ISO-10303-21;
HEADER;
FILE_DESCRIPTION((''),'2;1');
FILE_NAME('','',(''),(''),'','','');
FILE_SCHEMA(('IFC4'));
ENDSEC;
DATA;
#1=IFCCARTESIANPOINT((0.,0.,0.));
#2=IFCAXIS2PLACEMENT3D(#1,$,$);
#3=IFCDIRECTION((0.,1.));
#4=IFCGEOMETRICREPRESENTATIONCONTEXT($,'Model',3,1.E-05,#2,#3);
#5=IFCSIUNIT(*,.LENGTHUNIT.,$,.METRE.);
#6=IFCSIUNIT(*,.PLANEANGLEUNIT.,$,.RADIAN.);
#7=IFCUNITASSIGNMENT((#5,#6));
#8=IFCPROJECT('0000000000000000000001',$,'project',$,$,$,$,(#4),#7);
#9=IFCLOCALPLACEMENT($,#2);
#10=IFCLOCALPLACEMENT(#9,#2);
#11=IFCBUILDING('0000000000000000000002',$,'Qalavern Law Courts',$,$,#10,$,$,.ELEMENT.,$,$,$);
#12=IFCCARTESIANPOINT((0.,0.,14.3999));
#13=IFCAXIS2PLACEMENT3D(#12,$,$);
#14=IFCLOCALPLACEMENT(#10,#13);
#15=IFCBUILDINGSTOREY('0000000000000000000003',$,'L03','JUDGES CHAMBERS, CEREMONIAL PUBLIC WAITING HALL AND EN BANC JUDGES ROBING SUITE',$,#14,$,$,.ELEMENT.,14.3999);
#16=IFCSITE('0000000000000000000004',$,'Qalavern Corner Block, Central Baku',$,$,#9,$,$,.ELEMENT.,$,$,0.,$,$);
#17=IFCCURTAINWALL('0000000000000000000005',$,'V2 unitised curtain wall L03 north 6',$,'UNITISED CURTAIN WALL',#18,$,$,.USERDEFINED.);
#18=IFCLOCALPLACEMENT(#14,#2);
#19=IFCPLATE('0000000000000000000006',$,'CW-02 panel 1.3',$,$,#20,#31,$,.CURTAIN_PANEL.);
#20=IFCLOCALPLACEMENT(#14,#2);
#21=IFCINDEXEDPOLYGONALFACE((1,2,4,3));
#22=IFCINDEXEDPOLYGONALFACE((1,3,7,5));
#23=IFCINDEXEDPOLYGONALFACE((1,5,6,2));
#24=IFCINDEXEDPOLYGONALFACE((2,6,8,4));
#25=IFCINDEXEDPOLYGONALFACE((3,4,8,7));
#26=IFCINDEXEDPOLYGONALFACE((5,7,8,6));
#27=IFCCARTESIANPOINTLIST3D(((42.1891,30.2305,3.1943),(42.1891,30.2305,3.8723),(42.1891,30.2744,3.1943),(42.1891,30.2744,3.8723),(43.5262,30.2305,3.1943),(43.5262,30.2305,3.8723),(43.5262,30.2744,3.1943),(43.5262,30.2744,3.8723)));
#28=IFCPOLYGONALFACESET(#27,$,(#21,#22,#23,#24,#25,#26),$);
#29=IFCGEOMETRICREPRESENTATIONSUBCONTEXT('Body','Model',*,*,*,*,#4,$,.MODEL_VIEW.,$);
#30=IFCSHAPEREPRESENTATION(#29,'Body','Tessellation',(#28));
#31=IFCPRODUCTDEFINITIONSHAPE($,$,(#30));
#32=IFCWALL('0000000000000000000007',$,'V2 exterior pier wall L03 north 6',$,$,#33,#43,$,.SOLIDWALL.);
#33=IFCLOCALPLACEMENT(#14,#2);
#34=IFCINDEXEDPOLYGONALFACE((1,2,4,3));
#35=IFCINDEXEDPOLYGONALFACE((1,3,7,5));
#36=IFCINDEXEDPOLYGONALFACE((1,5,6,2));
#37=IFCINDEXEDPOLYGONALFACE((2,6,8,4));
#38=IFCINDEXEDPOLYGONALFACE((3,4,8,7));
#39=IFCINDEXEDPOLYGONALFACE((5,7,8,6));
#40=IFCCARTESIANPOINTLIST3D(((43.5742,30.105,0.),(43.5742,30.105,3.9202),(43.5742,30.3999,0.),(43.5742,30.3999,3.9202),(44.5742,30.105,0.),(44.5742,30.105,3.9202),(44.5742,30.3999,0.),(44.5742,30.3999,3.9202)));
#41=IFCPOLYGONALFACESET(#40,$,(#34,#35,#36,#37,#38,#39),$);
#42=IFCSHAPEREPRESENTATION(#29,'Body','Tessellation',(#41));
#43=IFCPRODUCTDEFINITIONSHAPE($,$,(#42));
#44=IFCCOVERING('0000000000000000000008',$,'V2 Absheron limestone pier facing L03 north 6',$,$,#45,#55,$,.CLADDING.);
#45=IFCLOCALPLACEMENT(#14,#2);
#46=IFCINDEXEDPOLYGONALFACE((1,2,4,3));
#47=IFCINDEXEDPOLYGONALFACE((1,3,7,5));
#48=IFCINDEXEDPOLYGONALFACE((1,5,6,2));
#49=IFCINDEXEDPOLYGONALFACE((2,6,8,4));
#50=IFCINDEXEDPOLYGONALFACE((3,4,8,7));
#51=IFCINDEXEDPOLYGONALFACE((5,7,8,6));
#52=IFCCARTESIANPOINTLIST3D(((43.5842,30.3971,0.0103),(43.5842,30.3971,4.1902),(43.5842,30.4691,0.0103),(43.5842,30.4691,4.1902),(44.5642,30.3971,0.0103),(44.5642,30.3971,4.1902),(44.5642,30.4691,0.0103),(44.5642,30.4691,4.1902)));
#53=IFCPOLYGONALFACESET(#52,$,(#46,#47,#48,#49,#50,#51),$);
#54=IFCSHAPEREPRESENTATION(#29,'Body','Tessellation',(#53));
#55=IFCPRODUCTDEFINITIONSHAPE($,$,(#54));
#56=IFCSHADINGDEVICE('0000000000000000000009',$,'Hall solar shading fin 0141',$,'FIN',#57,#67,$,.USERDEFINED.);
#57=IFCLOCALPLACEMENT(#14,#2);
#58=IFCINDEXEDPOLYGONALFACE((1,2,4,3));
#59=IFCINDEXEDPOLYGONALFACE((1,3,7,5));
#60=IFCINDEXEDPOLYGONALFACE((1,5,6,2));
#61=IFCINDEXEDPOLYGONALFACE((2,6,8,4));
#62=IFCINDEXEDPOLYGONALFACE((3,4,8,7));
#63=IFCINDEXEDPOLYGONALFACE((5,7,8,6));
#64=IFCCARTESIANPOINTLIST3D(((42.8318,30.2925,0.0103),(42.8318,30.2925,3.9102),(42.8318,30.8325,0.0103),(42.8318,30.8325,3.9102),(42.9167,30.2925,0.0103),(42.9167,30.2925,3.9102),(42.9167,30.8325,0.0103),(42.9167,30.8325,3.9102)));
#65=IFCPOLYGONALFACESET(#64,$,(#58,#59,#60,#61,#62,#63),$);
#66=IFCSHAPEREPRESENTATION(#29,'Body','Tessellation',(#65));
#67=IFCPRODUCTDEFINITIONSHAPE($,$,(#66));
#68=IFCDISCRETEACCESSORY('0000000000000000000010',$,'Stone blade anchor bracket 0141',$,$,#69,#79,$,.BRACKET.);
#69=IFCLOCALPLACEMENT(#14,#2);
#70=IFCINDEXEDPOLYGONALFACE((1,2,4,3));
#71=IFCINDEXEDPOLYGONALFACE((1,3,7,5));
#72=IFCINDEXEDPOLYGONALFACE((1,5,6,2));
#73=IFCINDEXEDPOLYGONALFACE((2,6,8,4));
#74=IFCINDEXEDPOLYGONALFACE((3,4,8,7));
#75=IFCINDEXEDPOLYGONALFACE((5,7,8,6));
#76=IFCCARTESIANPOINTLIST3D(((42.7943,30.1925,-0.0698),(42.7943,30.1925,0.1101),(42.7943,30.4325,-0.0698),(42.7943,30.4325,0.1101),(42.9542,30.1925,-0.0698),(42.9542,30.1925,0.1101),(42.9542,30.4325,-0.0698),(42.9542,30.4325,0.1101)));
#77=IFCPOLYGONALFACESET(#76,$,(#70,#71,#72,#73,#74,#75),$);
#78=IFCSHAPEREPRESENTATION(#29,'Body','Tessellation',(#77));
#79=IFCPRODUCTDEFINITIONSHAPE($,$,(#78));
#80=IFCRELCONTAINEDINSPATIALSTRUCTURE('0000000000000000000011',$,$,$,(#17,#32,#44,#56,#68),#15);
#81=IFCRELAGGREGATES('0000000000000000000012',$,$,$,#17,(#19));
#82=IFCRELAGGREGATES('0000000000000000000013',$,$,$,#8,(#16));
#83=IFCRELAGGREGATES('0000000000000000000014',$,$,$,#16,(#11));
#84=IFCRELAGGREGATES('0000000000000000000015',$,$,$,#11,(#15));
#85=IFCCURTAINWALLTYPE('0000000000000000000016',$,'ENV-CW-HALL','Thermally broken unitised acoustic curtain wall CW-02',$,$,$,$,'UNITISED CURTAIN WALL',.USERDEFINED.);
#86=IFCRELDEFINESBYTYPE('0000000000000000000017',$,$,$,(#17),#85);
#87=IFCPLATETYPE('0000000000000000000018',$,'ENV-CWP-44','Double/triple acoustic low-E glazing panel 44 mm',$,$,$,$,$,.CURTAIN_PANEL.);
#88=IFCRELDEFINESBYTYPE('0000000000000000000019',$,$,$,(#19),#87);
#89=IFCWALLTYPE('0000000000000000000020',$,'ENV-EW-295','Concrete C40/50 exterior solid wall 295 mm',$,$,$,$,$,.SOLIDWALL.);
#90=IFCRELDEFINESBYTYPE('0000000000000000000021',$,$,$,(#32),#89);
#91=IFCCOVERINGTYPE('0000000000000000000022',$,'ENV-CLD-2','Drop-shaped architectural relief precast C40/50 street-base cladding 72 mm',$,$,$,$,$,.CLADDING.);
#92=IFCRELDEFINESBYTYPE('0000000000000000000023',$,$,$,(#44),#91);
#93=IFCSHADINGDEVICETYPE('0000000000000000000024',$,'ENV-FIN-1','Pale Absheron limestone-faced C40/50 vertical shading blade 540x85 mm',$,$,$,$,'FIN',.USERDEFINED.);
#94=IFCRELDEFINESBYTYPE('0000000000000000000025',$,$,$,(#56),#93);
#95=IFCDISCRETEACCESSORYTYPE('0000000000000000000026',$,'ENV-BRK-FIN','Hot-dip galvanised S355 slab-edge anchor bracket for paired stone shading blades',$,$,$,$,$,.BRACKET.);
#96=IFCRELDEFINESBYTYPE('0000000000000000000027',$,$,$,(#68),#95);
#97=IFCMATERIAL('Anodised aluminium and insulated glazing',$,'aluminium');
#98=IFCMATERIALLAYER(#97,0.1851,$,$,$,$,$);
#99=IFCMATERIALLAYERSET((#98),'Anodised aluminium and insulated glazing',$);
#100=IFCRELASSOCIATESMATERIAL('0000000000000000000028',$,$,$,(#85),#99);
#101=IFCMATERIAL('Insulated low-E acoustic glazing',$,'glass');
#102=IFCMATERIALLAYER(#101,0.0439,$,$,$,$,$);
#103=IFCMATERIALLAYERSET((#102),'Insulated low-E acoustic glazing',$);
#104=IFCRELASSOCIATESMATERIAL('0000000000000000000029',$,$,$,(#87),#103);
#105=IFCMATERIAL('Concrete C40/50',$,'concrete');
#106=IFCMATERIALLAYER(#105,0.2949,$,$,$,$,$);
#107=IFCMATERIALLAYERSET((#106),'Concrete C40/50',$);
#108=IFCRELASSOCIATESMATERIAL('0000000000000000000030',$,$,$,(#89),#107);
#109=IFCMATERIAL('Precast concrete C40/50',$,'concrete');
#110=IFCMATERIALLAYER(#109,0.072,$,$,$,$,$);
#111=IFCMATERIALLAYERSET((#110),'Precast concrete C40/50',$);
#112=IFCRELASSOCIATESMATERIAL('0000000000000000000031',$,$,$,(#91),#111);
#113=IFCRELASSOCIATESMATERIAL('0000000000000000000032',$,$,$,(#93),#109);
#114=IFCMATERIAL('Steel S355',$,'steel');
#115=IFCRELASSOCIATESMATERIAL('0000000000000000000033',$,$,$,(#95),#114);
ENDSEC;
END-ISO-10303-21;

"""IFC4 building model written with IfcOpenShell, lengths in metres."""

from ifc_helpers import new_model, si_unit, direction, frame, frame_2d, origin, origin_2d, place, context, subcontext, project, spatial, rectangle, extrude, material, layer, layer_set, type_object, element, aggregate, save


model = new_model("IFC4")

# Units and contexts
model_context = context("Model", 3, precision=1e-05, world=origin(), true_north=direction((0.0, 1.0)))
body_context = subcontext(model_context, "Body", "Model", "MODEL_VIEW")
ifc_project = project(units=[si_unit("LENGTHUNIT", "METRE"), si_unit("PLANEANGLEUNIT", "RADIAN")], contexts=[model_context])

# Site, building, storey
site_placement = place(None, origin())
site = spatial("IfcSite", under=ifc_project, at=site_placement, Name="Qalavern Corner Block, Central Baku", CompositionType="ELEMENT", RefElevation=0.0)
building_placement = place(site_placement, origin())
building = spatial("IfcBuilding", under=site, at=building_placement, Name="Qalavern Law Courts", CompositionType="ELEMENT")
storey_placement = place(building_placement, frame((0.0, 0.0, 14.3999)))
storey = spatial("IfcBuildingStorey", under=building, at=storey_placement, Name="L03", Description="JUDGES CHAMBERS, CEREMONIAL PUBLIC WAITING HALL AND EN BANC JUDGES ROBING SUITE", CompositionType="ELEMENT", Elevation=14.3999)

# Shared definitions
ifc_material_1 = material(Name="Anodised aluminium and insulated glazing", Category="aluminium")
ifc_layer_1 = layer(ifc_material_1, 0.1851)
ifc_layer_set_1 = layer_set([ifc_layer_1], Name="Anodised aluminium and insulated glazing")
curtain_wall_type = type_object("IfcCurtainWallType", Name="ENV-CW-HALL", Description="Thermally broken unitised acoustic curtain wall CW-02", ElementType="UNITISED CURTAIN WALL", PredefinedType="USERDEFINED", material=ifc_layer_set_1)

# Curtain wall
curtain_wall_1_placement = place(storey_placement, origin())
curtain_wall_1 = element("IfcCurtainWall", 1, at=curtain_wall_1_placement, inside=storey, type_object=curtain_wall_type, Name="V2 unitised curtain wall L03 north 6", ObjectType="UNITISED CURTAIN WALL", PredefinedType="USERDEFINED")

# Shared definitions
ifc_material_2 = material(Name="Steel S355", Category="steel")
ifc_material_3 = material(Name="Concrete C40/50", Category="concrete")

# Plate
ifc_material_4 = material(Name="Insulated low-E acoustic glazing", Category="glass")
ifc_layer_2 = layer(ifc_material_4, 0.0439)
ifc_layer_set_2 = layer_set([ifc_layer_2], Name="Insulated low-E acoustic glazing")
plate_type_1 = type_object("IfcPlateType", Name="ENV-CWP-44", Description="Double/triple acoustic low-E glazing panel 44 mm", PredefinedType="CURTAIN_PANEL", material=ifc_layer_set_2)
plate_1_placement = place(storey_placement, frame((42.8577, 30.2524, 3.1943), z_axis=(0.0, 0.0, 1.0), x_axis=(-1.0, 0.0, 0.0)))
plate_1 = element("IfcPlate", 2, at=plate_1_placement, type_object=plate_type_1, Name="CW-02 panel 1.3", PredefinedType="CURTAIN_PANEL", context=body_context, shape_type="SweptSolid", body=[
    extrude(rectangle(XDim=1.3372, YDim=0.0439, at=origin_2d()), origin(), (0.0, 0.0, 1.0), 0.678),
])
aggregate(curtain_wall_1, [plate_1])

# Wall
ifc_layer_3 = layer(ifc_material_3, 0.2949)
ifc_layer_set_3 = layer_set([ifc_layer_3], Name="Concrete C40/50")
wall_type = type_object("IfcWallType", Name="ENV-EW-295", Description="Concrete C40/50 exterior solid wall 295 mm", PredefinedType="SOLIDWALL", material=ifc_layer_set_3)
wall_placement = place(storey_placement, frame((44.5742, 30.2524, 0.0), z_axis=(0.0, 0.0, 1.0), x_axis=(-1.0, 0.0, 0.0)))
element("IfcWall", 3, at=wall_placement, inside=storey, type_object=wall_type, Name="V2 exterior pier wall L03 north 6", PredefinedType="SOLIDWALL", context=body_context, shape_type="SweptSolid", body=[
    extrude(rectangle(XDim=1.0, YDim=0.2949, at=frame_2d((0.5, 0.0))), origin(), (0.0, 0.0, 1.0), 3.9202),
])

# Covering
ifc_material_5 = material(Name="Precast concrete C40/50", Category="concrete")
ifc_layer_4 = layer(ifc_material_5, 0.072)
ifc_layer_set_4 = layer_set([ifc_layer_4], Name="Precast concrete C40/50")
covering_type = type_object("IfcCoveringType", Name="ENV-CLD-2", Description="Drop-shaped architectural relief precast C40/50 street-base cladding 72 mm", PredefinedType="CLADDING", material=ifc_layer_set_4)
covering_placement = place(storey_placement, frame((44.0742, 30.4331, 0.0103), z_axis=(0.0, 0.0, 1.0), x_axis=(-1.0, 0.0, 0.0)))
element("IfcCovering", 4, at=covering_placement, inside=storey, type_object=covering_type, Name="V2 Absheron limestone pier facing L03 north 6", PredefinedType="CLADDING", context=body_context, shape_type="SweptSolid", body=[
    extrude(rectangle(XDim=0.98, YDim=0.072, at=origin_2d()), origin(), (0.0, 0.0, 1.0), 4.1799),
])

# Shading device
shading_device_type = type_object("IfcShadingDeviceType", Name="ENV-FIN-1", Description="Pale Absheron limestone-faced C40/50 vertical shading blade 540x85 mm", ElementType="FIN", PredefinedType="USERDEFINED", material=ifc_material_5)
shading_device_placement = place(storey_placement, frame((42.8743, 30.5625, 0.0103), z_axis=(0.0, 0.0, 1.0), x_axis=(0.0, 1.0, 0.0)))
element("IfcShadingDevice", 5, at=shading_device_placement, inside=storey, type_object=shading_device_type, Name="Hall solar shading fin 0141", ObjectType="FIN", PredefinedType="USERDEFINED", context=body_context, shape_type="SweptSolid", body=[
    extrude(rectangle(XDim=0.54, YDim=0.085, at=origin_2d()), origin(), (0.0, 0.0, 1.0), 3.8999),
])

# Discrete accessory
discrete_accessory_type = type_object("IfcDiscreteAccessoryType", Name="ENV-BRK-FIN", Description="Hot-dip galvanised S355 slab-edge anchor bracket for paired stone shading blades", PredefinedType="BRACKET", material=ifc_material_2)
discrete_accessory_placement = place(storey_placement, frame((42.8743, 30.3125, -0.0698), z_axis=(0.0, 0.0, 1.0), x_axis=(0.0, 1.0, 0.0)))
element("IfcDiscreteAccessory", 6, at=discrete_accessory_placement, inside=storey, type_object=discrete_accessory_type, Name="Stone blade anchor bracket 0141", PredefinedType="BRACKET", context=body_context, shape_type="SweptSolid", body=[
    extrude(rectangle(XDim=0.24, YDim=0.1599, at=origin_2d()), origin(), (0.0, 0.0, 1.0), 0.1799),
])

save(model, "model.ifc")
